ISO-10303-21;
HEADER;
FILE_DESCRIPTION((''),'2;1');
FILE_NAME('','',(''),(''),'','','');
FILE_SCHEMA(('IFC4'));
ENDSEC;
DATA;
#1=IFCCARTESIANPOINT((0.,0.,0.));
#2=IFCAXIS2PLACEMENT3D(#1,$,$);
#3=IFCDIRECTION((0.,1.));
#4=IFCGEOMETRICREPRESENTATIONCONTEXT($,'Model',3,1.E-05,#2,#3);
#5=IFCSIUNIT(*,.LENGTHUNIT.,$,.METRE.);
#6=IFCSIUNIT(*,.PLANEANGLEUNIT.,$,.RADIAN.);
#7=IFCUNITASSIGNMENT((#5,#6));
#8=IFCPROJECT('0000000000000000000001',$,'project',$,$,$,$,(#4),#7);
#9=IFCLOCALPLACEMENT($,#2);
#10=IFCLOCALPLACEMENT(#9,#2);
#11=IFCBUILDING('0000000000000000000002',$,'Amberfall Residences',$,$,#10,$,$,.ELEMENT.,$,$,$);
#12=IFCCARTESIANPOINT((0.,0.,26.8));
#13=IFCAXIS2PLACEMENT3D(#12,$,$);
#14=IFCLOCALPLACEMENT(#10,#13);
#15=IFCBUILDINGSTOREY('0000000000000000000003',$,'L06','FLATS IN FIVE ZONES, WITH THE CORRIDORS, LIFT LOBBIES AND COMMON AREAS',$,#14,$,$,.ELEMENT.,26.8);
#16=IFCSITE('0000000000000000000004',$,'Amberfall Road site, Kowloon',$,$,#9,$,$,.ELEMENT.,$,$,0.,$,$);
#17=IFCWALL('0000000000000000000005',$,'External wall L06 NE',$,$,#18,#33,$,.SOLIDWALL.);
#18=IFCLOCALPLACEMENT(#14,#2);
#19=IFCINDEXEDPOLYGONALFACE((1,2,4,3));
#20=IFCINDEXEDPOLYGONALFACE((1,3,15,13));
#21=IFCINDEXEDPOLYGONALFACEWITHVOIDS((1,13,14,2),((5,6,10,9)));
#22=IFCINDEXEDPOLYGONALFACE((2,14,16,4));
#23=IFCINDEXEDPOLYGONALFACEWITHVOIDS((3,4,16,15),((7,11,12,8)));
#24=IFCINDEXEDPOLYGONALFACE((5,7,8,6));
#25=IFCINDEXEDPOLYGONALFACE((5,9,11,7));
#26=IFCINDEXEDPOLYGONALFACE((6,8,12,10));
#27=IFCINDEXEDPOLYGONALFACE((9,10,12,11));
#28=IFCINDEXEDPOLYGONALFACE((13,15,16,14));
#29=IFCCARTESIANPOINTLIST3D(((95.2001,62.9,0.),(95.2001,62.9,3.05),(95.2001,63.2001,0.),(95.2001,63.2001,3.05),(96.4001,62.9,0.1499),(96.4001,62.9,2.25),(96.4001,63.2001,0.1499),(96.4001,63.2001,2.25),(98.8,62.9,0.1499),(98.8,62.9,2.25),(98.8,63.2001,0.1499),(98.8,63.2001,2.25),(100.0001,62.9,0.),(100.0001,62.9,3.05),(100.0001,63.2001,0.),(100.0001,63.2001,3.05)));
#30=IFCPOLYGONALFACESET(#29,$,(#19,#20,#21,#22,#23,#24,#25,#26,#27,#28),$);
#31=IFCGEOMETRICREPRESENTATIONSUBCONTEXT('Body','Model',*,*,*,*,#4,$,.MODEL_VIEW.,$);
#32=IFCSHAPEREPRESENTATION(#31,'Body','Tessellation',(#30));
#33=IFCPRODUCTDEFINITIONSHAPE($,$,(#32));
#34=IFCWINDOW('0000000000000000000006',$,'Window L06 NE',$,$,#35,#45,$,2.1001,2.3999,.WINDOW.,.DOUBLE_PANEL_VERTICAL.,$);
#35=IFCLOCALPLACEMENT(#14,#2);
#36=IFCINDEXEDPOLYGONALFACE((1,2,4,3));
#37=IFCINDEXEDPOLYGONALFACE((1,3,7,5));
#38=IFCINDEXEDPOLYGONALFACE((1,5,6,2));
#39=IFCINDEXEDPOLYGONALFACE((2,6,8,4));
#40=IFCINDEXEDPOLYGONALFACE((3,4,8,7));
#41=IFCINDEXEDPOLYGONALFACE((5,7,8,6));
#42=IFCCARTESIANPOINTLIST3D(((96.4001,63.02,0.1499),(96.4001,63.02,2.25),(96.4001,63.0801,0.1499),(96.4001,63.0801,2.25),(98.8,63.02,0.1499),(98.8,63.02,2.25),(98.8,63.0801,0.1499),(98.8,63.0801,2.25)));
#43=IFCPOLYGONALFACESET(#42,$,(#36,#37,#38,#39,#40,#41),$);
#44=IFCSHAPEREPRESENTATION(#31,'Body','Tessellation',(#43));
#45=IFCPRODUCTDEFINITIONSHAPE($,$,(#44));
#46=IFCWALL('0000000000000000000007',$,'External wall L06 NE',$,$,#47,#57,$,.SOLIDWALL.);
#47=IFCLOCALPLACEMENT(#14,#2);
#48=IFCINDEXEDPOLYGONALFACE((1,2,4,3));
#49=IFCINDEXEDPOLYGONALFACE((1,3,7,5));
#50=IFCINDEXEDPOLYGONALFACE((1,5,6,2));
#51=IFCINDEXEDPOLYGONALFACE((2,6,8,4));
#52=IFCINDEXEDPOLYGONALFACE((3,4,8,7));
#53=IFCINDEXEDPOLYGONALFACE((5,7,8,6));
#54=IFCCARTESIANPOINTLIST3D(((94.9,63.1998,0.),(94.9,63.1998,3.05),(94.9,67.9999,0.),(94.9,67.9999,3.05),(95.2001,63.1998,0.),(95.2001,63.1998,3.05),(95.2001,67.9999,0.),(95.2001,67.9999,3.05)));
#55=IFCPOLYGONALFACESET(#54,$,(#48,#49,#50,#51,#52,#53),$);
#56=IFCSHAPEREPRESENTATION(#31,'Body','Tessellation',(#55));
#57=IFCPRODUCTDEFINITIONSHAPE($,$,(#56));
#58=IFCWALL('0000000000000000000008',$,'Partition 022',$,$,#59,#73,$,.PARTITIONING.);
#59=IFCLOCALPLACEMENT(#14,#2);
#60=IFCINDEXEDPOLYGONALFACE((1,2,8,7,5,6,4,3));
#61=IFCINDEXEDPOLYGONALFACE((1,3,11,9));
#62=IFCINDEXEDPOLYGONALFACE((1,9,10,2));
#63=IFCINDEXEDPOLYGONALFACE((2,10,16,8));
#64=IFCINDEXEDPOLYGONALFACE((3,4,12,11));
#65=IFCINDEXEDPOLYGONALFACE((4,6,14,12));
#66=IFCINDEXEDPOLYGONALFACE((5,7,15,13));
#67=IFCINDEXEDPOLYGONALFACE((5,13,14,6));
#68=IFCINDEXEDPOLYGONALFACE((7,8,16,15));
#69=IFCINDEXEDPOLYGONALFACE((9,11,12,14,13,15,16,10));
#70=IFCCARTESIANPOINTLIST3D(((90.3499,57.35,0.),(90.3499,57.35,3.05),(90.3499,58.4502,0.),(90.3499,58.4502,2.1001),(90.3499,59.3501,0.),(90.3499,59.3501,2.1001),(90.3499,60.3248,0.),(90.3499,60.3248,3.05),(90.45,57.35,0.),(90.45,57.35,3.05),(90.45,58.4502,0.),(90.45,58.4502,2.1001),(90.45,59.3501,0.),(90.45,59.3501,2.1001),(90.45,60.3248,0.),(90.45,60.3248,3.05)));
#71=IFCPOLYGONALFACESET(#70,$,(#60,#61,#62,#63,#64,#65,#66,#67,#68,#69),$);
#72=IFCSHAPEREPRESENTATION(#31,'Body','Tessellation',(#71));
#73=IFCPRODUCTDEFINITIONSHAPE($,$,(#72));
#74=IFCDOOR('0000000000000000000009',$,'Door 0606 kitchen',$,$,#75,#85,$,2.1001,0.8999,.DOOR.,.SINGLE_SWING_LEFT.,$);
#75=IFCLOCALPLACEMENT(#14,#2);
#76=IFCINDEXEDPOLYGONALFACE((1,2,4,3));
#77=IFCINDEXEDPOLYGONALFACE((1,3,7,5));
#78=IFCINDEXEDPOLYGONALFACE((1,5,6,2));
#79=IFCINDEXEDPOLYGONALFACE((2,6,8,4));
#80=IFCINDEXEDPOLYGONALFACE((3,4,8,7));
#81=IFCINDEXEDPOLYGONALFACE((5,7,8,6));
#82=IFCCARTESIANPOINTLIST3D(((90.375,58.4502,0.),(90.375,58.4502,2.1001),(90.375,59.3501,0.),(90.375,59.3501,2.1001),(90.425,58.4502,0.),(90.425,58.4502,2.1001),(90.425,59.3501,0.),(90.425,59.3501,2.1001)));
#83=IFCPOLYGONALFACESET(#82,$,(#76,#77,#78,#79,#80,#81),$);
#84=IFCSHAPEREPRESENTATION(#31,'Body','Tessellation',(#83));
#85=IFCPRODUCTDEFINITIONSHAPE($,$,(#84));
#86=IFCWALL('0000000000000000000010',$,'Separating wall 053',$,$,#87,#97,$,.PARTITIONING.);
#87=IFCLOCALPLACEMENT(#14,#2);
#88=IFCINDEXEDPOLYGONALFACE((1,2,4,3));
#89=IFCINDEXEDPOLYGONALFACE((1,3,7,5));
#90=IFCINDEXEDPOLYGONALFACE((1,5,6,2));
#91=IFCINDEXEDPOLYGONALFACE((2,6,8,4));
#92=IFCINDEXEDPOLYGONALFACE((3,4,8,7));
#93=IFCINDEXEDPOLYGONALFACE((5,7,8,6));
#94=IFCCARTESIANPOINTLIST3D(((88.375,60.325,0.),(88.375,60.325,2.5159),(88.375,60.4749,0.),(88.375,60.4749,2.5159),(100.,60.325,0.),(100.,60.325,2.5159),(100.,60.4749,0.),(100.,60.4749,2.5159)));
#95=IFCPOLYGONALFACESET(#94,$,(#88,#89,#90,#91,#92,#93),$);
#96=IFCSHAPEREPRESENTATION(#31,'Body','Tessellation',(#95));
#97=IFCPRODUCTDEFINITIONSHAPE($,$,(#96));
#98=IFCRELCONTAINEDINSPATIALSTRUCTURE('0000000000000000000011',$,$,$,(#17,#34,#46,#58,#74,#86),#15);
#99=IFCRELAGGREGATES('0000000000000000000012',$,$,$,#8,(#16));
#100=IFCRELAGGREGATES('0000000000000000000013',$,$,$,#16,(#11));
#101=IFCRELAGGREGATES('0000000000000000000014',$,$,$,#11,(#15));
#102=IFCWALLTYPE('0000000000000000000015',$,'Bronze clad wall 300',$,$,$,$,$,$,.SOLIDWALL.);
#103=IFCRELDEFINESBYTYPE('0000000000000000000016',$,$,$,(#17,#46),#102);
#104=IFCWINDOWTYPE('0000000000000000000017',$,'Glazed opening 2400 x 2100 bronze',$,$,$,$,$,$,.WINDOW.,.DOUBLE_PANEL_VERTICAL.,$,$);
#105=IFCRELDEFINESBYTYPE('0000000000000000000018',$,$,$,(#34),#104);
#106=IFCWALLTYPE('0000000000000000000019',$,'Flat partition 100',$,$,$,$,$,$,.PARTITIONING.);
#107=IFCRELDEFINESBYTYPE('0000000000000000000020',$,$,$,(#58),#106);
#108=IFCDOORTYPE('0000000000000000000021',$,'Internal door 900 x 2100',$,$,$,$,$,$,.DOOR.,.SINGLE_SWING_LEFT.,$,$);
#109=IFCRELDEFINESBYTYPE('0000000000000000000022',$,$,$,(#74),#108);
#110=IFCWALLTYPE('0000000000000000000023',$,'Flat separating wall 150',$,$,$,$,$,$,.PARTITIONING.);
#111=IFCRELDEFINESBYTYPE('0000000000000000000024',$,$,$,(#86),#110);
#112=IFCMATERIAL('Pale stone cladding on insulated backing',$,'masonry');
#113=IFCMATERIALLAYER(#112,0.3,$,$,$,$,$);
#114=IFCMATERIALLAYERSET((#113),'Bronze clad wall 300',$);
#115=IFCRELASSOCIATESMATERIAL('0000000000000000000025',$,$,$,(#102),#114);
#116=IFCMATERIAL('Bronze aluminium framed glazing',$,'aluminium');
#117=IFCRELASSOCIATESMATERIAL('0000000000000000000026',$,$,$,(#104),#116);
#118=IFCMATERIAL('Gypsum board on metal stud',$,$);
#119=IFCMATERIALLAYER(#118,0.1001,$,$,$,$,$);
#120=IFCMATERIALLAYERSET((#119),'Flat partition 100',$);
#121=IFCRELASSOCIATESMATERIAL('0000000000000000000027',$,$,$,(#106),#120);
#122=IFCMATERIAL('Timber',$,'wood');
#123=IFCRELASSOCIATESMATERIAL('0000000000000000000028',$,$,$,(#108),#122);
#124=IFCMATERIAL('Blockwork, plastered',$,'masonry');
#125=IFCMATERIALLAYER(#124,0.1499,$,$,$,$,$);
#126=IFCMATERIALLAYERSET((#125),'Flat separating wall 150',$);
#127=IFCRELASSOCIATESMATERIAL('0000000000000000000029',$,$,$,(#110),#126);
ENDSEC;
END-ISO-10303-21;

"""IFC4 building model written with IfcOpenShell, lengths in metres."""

from ifc_helpers import new_model, si_unit, direction, frame, frame_2d, origin, place, context, subcontext, project, spatial, rectangle, extrude, material, layer, layer_set, type_object, element, fill, save


model = new_model("IFC4")

# Units and contexts
model_context = context("Model", 3, precision=1e-05, world=origin(), true_north=direction((0.0, 1.0)))
body_context = subcontext(model_context, "Body", "Model", "MODEL_VIEW")
ifc_project = project(units=[si_unit("LENGTHUNIT", "METRE"), si_unit("PLANEANGLEUNIT", "RADIAN")], contexts=[model_context])

# Site, building, storey
site_placement = place(None, origin())
site = spatial("IfcSite", under=ifc_project, at=site_placement, Name="Amberfall Road site, Kowloon", CompositionType="ELEMENT", RefElevation=0.0)
building_placement = place(site_placement, origin())
building = spatial("IfcBuilding", under=site, at=building_placement, Name="Amberfall Residences", CompositionType="ELEMENT")
storey_placement = place(building_placement, frame((0.0, 0.0, 26.8)))
storey = spatial("IfcBuildingStorey", under=building, at=storey_placement, Name="L06", Description="FLATS IN FIVE ZONES, WITH THE CORRIDORS, LIFT LOBBIES AND COMMON AREAS", CompositionType="ELEMENT", Elevation=26.8)

# Wall, opening, window
ifc_material_1 = material(Name="Pale stone cladding on insulated backing", Category="masonry")
ifc_layer_1 = layer(ifc_material_1, 0.3)
ifc_layer_set_1 = layer_set([ifc_layer_1], Name="Bronze clad wall 300")
wall_type_1 = type_object("IfcWallType", Name="Bronze clad wall 300", PredefinedType="SOLIDWALL", material=ifc_layer_set_1)
wall_1_placement = place(storey_placement, frame((100.0, 63.05, 0.0), z_axis=(0.0, 0.0, 1.0), x_axis=(-1.0, 0.0, 0.0)))
wall_1 = element("IfcWall", 1, at=wall_1_placement, inside=storey, type_object=wall_type_1, Name="External wall L06 NE", PredefinedType="SOLIDWALL", context=body_context, shape_type="SweptSolid", body=[
    extrude(rectangle(XDim=4.8, YDim=0.3, at=frame_2d((2.3999, 0.0))), origin(), (0.0, 0.0, 1.0), 3.05),
])
opening_1_placement = place(wall_1_placement, frame((1.2, 0.0, 0.1499)))
opening_1 = element("IfcOpeningElement", 2, at=opening_1_placement, cuts=wall_1, PredefinedType="OPENING", context=body_context, shape_type="SweptSolid", body=[
    extrude(rectangle(XDim=2.3999, YDim=2.1001, at=frame_2d((1.2, 1.05))), frame((0.0, 0.1599, 0.0), z_axis=(0.0, -1.0, 0.0), x_axis=(1.0, 0.0, 0.0)), (0.0, 0.0, 1.0), 0.3201),
])
ifc_material_2 = material(Name="Bronze aluminium framed glazing", Category="aluminium")
window_type = type_object("IfcWindowType", Name="Glazed opening 2400 x 2100 bronze", PartitioningType="DOUBLE_PANEL_VERTICAL", PredefinedType="WINDOW", material=ifc_material_2)
window_placement = place(opening_1_placement, origin())
window = element("IfcWindow", 3, at=window_placement, inside=storey, type_object=window_type, Name="Window L06 NE", OverallHeight=2.1001, OverallWidth=2.3999, PartitioningType="DOUBLE_PANEL_VERTICAL", PredefinedType="WINDOW", context=body_context, shape_type="SweptSolid", body=[
    extrude(rectangle(XDim=2.3999, YDim=2.1001, at=frame_2d((1.2, 1.05))), frame((0.0, 0.03, 0.0), z_axis=(0.0, -1.0, 0.0), x_axis=(1.0, 0.0, 0.0)), (0.0, 0.0, 1.0), 0.0601),
])
fill(opening_1, window)

# Wall
wall_2_placement = place(storey_placement, frame((95.05, 63.2, 0.0), z_axis=(0.0, 0.0, 1.0), x_axis=(0.0, 1.0, 0.0)))
element("IfcWall", 4, at=wall_2_placement, inside=storey, type_object=wall_type_1, Name="External wall L06 NE", PredefinedType="SOLIDWALL", context=body_context, shape_type="SweptSolid", body=[
    extrude(rectangle(XDim=4.8, YDim=0.3, at=frame_2d((2.3999, 0.0))), origin(), (0.0, 0.0, 1.0), 3.05),
])

# Wall, opening, door
ifc_material_3 = material(Name="Gypsum board on metal stud")
ifc_layer_2 = layer(ifc_material_3, 0.1001)
ifc_layer_set_2 = layer_set([ifc_layer_2], Name="Flat partition 100")
wall_type_2 = type_object("IfcWallType", Name="Flat partition 100", PredefinedType="PARTITIONING", material=ifc_layer_set_2)
wall_3_placement = place(storey_placement, frame((90.3999, 57.3501, 0.0), z_axis=(0.0, 0.0, 1.0), x_axis=(0.0, 1.0, 0.0)))
wall_3 = element("IfcWall", 5, at=wall_3_placement, inside=storey, type_object=wall_type_2, Name="Partition 022", PredefinedType="PARTITIONING", context=body_context, shape_type="SweptSolid", body=[
    extrude(rectangle(XDim=2.9749, YDim=0.1001, at=frame_2d((1.4873, 0.0))), origin(), (0.0, 0.0, 1.0), 3.05),
])
opening_2_placement = place(wall_3_placement, frame((1.1001, 0.0, 0.0)))
opening_2 = element("IfcOpeningElement", 6, at=opening_2_placement, cuts=wall_3, PredefinedType="OPENING", context=body_context, shape_type="SweptSolid", body=[
    extrude(rectangle(XDim=0.8999, YDim=2.1001, at=frame_2d((0.45, 1.05))), frame((0.0, 0.0601, 0.0), z_axis=(0.0, -1.0, 0.0), x_axis=(1.0, 0.0, 0.0)), (0.0, 0.0, 1.0), 0.1201),
])
ifc_material_4 = material(Name="Timber", Category="wood")
door_type = type_object("IfcDoorType", Name="Internal door 900 x 2100", OperationType="SINGLE_SWING_LEFT", PredefinedType="DOOR", material=ifc_material_4)
door_placement = place(opening_2_placement, origin())
door = element("IfcDoor", 7, at=door_placement, inside=storey, type_object=door_type, Name="Door 0606 kitchen", OperationType="SINGLE_SWING_LEFT", OverallHeight=2.1001, OverallWidth=0.8999, PredefinedType="DOOR", context=body_context, shape_type="SweptSolid", body=[
    extrude(rectangle(XDim=0.8999, YDim=2.1001, at=frame_2d((0.45, 1.05))), frame((0.0, 0.0249, 0.0), z_axis=(0.0, -1.0, 0.0), x_axis=(1.0, 0.0, 0.0)), (0.0, 0.0, 1.0), 0.05),
])
fill(opening_2, door)

# Wall
ifc_material_5 = material(Name="Blockwork, plastered", Category="masonry")
ifc_layer_3 = layer(ifc_material_5, 0.1499)
ifc_layer_set_3 = layer_set([ifc_layer_3], Name="Flat separating wall 150")
wall_type_3 = type_object("IfcWallType", Name="Flat separating wall 150", PredefinedType="PARTITIONING", material=ifc_layer_set_3)
wall_4_placement = place(storey_placement, frame((88.375, 60.3999, 0.0), z_axis=(0.0, 0.0, 1.0), x_axis=(1.0, 0.0, 0.0)))
element("IfcWall", 8, at=wall_4_placement, inside=storey, type_object=wall_type_3, Name="Separating wall 053", PredefinedType="PARTITIONING", context=body_context, shape_type="SweptSolid", body=[
    extrude(rectangle(XDim=11.625, YDim=0.1499, at=frame_2d((5.8125, 0.0))), origin(), (0.0, 0.0, 1.0), 2.5159),
])

save(model, "model.ifc")
